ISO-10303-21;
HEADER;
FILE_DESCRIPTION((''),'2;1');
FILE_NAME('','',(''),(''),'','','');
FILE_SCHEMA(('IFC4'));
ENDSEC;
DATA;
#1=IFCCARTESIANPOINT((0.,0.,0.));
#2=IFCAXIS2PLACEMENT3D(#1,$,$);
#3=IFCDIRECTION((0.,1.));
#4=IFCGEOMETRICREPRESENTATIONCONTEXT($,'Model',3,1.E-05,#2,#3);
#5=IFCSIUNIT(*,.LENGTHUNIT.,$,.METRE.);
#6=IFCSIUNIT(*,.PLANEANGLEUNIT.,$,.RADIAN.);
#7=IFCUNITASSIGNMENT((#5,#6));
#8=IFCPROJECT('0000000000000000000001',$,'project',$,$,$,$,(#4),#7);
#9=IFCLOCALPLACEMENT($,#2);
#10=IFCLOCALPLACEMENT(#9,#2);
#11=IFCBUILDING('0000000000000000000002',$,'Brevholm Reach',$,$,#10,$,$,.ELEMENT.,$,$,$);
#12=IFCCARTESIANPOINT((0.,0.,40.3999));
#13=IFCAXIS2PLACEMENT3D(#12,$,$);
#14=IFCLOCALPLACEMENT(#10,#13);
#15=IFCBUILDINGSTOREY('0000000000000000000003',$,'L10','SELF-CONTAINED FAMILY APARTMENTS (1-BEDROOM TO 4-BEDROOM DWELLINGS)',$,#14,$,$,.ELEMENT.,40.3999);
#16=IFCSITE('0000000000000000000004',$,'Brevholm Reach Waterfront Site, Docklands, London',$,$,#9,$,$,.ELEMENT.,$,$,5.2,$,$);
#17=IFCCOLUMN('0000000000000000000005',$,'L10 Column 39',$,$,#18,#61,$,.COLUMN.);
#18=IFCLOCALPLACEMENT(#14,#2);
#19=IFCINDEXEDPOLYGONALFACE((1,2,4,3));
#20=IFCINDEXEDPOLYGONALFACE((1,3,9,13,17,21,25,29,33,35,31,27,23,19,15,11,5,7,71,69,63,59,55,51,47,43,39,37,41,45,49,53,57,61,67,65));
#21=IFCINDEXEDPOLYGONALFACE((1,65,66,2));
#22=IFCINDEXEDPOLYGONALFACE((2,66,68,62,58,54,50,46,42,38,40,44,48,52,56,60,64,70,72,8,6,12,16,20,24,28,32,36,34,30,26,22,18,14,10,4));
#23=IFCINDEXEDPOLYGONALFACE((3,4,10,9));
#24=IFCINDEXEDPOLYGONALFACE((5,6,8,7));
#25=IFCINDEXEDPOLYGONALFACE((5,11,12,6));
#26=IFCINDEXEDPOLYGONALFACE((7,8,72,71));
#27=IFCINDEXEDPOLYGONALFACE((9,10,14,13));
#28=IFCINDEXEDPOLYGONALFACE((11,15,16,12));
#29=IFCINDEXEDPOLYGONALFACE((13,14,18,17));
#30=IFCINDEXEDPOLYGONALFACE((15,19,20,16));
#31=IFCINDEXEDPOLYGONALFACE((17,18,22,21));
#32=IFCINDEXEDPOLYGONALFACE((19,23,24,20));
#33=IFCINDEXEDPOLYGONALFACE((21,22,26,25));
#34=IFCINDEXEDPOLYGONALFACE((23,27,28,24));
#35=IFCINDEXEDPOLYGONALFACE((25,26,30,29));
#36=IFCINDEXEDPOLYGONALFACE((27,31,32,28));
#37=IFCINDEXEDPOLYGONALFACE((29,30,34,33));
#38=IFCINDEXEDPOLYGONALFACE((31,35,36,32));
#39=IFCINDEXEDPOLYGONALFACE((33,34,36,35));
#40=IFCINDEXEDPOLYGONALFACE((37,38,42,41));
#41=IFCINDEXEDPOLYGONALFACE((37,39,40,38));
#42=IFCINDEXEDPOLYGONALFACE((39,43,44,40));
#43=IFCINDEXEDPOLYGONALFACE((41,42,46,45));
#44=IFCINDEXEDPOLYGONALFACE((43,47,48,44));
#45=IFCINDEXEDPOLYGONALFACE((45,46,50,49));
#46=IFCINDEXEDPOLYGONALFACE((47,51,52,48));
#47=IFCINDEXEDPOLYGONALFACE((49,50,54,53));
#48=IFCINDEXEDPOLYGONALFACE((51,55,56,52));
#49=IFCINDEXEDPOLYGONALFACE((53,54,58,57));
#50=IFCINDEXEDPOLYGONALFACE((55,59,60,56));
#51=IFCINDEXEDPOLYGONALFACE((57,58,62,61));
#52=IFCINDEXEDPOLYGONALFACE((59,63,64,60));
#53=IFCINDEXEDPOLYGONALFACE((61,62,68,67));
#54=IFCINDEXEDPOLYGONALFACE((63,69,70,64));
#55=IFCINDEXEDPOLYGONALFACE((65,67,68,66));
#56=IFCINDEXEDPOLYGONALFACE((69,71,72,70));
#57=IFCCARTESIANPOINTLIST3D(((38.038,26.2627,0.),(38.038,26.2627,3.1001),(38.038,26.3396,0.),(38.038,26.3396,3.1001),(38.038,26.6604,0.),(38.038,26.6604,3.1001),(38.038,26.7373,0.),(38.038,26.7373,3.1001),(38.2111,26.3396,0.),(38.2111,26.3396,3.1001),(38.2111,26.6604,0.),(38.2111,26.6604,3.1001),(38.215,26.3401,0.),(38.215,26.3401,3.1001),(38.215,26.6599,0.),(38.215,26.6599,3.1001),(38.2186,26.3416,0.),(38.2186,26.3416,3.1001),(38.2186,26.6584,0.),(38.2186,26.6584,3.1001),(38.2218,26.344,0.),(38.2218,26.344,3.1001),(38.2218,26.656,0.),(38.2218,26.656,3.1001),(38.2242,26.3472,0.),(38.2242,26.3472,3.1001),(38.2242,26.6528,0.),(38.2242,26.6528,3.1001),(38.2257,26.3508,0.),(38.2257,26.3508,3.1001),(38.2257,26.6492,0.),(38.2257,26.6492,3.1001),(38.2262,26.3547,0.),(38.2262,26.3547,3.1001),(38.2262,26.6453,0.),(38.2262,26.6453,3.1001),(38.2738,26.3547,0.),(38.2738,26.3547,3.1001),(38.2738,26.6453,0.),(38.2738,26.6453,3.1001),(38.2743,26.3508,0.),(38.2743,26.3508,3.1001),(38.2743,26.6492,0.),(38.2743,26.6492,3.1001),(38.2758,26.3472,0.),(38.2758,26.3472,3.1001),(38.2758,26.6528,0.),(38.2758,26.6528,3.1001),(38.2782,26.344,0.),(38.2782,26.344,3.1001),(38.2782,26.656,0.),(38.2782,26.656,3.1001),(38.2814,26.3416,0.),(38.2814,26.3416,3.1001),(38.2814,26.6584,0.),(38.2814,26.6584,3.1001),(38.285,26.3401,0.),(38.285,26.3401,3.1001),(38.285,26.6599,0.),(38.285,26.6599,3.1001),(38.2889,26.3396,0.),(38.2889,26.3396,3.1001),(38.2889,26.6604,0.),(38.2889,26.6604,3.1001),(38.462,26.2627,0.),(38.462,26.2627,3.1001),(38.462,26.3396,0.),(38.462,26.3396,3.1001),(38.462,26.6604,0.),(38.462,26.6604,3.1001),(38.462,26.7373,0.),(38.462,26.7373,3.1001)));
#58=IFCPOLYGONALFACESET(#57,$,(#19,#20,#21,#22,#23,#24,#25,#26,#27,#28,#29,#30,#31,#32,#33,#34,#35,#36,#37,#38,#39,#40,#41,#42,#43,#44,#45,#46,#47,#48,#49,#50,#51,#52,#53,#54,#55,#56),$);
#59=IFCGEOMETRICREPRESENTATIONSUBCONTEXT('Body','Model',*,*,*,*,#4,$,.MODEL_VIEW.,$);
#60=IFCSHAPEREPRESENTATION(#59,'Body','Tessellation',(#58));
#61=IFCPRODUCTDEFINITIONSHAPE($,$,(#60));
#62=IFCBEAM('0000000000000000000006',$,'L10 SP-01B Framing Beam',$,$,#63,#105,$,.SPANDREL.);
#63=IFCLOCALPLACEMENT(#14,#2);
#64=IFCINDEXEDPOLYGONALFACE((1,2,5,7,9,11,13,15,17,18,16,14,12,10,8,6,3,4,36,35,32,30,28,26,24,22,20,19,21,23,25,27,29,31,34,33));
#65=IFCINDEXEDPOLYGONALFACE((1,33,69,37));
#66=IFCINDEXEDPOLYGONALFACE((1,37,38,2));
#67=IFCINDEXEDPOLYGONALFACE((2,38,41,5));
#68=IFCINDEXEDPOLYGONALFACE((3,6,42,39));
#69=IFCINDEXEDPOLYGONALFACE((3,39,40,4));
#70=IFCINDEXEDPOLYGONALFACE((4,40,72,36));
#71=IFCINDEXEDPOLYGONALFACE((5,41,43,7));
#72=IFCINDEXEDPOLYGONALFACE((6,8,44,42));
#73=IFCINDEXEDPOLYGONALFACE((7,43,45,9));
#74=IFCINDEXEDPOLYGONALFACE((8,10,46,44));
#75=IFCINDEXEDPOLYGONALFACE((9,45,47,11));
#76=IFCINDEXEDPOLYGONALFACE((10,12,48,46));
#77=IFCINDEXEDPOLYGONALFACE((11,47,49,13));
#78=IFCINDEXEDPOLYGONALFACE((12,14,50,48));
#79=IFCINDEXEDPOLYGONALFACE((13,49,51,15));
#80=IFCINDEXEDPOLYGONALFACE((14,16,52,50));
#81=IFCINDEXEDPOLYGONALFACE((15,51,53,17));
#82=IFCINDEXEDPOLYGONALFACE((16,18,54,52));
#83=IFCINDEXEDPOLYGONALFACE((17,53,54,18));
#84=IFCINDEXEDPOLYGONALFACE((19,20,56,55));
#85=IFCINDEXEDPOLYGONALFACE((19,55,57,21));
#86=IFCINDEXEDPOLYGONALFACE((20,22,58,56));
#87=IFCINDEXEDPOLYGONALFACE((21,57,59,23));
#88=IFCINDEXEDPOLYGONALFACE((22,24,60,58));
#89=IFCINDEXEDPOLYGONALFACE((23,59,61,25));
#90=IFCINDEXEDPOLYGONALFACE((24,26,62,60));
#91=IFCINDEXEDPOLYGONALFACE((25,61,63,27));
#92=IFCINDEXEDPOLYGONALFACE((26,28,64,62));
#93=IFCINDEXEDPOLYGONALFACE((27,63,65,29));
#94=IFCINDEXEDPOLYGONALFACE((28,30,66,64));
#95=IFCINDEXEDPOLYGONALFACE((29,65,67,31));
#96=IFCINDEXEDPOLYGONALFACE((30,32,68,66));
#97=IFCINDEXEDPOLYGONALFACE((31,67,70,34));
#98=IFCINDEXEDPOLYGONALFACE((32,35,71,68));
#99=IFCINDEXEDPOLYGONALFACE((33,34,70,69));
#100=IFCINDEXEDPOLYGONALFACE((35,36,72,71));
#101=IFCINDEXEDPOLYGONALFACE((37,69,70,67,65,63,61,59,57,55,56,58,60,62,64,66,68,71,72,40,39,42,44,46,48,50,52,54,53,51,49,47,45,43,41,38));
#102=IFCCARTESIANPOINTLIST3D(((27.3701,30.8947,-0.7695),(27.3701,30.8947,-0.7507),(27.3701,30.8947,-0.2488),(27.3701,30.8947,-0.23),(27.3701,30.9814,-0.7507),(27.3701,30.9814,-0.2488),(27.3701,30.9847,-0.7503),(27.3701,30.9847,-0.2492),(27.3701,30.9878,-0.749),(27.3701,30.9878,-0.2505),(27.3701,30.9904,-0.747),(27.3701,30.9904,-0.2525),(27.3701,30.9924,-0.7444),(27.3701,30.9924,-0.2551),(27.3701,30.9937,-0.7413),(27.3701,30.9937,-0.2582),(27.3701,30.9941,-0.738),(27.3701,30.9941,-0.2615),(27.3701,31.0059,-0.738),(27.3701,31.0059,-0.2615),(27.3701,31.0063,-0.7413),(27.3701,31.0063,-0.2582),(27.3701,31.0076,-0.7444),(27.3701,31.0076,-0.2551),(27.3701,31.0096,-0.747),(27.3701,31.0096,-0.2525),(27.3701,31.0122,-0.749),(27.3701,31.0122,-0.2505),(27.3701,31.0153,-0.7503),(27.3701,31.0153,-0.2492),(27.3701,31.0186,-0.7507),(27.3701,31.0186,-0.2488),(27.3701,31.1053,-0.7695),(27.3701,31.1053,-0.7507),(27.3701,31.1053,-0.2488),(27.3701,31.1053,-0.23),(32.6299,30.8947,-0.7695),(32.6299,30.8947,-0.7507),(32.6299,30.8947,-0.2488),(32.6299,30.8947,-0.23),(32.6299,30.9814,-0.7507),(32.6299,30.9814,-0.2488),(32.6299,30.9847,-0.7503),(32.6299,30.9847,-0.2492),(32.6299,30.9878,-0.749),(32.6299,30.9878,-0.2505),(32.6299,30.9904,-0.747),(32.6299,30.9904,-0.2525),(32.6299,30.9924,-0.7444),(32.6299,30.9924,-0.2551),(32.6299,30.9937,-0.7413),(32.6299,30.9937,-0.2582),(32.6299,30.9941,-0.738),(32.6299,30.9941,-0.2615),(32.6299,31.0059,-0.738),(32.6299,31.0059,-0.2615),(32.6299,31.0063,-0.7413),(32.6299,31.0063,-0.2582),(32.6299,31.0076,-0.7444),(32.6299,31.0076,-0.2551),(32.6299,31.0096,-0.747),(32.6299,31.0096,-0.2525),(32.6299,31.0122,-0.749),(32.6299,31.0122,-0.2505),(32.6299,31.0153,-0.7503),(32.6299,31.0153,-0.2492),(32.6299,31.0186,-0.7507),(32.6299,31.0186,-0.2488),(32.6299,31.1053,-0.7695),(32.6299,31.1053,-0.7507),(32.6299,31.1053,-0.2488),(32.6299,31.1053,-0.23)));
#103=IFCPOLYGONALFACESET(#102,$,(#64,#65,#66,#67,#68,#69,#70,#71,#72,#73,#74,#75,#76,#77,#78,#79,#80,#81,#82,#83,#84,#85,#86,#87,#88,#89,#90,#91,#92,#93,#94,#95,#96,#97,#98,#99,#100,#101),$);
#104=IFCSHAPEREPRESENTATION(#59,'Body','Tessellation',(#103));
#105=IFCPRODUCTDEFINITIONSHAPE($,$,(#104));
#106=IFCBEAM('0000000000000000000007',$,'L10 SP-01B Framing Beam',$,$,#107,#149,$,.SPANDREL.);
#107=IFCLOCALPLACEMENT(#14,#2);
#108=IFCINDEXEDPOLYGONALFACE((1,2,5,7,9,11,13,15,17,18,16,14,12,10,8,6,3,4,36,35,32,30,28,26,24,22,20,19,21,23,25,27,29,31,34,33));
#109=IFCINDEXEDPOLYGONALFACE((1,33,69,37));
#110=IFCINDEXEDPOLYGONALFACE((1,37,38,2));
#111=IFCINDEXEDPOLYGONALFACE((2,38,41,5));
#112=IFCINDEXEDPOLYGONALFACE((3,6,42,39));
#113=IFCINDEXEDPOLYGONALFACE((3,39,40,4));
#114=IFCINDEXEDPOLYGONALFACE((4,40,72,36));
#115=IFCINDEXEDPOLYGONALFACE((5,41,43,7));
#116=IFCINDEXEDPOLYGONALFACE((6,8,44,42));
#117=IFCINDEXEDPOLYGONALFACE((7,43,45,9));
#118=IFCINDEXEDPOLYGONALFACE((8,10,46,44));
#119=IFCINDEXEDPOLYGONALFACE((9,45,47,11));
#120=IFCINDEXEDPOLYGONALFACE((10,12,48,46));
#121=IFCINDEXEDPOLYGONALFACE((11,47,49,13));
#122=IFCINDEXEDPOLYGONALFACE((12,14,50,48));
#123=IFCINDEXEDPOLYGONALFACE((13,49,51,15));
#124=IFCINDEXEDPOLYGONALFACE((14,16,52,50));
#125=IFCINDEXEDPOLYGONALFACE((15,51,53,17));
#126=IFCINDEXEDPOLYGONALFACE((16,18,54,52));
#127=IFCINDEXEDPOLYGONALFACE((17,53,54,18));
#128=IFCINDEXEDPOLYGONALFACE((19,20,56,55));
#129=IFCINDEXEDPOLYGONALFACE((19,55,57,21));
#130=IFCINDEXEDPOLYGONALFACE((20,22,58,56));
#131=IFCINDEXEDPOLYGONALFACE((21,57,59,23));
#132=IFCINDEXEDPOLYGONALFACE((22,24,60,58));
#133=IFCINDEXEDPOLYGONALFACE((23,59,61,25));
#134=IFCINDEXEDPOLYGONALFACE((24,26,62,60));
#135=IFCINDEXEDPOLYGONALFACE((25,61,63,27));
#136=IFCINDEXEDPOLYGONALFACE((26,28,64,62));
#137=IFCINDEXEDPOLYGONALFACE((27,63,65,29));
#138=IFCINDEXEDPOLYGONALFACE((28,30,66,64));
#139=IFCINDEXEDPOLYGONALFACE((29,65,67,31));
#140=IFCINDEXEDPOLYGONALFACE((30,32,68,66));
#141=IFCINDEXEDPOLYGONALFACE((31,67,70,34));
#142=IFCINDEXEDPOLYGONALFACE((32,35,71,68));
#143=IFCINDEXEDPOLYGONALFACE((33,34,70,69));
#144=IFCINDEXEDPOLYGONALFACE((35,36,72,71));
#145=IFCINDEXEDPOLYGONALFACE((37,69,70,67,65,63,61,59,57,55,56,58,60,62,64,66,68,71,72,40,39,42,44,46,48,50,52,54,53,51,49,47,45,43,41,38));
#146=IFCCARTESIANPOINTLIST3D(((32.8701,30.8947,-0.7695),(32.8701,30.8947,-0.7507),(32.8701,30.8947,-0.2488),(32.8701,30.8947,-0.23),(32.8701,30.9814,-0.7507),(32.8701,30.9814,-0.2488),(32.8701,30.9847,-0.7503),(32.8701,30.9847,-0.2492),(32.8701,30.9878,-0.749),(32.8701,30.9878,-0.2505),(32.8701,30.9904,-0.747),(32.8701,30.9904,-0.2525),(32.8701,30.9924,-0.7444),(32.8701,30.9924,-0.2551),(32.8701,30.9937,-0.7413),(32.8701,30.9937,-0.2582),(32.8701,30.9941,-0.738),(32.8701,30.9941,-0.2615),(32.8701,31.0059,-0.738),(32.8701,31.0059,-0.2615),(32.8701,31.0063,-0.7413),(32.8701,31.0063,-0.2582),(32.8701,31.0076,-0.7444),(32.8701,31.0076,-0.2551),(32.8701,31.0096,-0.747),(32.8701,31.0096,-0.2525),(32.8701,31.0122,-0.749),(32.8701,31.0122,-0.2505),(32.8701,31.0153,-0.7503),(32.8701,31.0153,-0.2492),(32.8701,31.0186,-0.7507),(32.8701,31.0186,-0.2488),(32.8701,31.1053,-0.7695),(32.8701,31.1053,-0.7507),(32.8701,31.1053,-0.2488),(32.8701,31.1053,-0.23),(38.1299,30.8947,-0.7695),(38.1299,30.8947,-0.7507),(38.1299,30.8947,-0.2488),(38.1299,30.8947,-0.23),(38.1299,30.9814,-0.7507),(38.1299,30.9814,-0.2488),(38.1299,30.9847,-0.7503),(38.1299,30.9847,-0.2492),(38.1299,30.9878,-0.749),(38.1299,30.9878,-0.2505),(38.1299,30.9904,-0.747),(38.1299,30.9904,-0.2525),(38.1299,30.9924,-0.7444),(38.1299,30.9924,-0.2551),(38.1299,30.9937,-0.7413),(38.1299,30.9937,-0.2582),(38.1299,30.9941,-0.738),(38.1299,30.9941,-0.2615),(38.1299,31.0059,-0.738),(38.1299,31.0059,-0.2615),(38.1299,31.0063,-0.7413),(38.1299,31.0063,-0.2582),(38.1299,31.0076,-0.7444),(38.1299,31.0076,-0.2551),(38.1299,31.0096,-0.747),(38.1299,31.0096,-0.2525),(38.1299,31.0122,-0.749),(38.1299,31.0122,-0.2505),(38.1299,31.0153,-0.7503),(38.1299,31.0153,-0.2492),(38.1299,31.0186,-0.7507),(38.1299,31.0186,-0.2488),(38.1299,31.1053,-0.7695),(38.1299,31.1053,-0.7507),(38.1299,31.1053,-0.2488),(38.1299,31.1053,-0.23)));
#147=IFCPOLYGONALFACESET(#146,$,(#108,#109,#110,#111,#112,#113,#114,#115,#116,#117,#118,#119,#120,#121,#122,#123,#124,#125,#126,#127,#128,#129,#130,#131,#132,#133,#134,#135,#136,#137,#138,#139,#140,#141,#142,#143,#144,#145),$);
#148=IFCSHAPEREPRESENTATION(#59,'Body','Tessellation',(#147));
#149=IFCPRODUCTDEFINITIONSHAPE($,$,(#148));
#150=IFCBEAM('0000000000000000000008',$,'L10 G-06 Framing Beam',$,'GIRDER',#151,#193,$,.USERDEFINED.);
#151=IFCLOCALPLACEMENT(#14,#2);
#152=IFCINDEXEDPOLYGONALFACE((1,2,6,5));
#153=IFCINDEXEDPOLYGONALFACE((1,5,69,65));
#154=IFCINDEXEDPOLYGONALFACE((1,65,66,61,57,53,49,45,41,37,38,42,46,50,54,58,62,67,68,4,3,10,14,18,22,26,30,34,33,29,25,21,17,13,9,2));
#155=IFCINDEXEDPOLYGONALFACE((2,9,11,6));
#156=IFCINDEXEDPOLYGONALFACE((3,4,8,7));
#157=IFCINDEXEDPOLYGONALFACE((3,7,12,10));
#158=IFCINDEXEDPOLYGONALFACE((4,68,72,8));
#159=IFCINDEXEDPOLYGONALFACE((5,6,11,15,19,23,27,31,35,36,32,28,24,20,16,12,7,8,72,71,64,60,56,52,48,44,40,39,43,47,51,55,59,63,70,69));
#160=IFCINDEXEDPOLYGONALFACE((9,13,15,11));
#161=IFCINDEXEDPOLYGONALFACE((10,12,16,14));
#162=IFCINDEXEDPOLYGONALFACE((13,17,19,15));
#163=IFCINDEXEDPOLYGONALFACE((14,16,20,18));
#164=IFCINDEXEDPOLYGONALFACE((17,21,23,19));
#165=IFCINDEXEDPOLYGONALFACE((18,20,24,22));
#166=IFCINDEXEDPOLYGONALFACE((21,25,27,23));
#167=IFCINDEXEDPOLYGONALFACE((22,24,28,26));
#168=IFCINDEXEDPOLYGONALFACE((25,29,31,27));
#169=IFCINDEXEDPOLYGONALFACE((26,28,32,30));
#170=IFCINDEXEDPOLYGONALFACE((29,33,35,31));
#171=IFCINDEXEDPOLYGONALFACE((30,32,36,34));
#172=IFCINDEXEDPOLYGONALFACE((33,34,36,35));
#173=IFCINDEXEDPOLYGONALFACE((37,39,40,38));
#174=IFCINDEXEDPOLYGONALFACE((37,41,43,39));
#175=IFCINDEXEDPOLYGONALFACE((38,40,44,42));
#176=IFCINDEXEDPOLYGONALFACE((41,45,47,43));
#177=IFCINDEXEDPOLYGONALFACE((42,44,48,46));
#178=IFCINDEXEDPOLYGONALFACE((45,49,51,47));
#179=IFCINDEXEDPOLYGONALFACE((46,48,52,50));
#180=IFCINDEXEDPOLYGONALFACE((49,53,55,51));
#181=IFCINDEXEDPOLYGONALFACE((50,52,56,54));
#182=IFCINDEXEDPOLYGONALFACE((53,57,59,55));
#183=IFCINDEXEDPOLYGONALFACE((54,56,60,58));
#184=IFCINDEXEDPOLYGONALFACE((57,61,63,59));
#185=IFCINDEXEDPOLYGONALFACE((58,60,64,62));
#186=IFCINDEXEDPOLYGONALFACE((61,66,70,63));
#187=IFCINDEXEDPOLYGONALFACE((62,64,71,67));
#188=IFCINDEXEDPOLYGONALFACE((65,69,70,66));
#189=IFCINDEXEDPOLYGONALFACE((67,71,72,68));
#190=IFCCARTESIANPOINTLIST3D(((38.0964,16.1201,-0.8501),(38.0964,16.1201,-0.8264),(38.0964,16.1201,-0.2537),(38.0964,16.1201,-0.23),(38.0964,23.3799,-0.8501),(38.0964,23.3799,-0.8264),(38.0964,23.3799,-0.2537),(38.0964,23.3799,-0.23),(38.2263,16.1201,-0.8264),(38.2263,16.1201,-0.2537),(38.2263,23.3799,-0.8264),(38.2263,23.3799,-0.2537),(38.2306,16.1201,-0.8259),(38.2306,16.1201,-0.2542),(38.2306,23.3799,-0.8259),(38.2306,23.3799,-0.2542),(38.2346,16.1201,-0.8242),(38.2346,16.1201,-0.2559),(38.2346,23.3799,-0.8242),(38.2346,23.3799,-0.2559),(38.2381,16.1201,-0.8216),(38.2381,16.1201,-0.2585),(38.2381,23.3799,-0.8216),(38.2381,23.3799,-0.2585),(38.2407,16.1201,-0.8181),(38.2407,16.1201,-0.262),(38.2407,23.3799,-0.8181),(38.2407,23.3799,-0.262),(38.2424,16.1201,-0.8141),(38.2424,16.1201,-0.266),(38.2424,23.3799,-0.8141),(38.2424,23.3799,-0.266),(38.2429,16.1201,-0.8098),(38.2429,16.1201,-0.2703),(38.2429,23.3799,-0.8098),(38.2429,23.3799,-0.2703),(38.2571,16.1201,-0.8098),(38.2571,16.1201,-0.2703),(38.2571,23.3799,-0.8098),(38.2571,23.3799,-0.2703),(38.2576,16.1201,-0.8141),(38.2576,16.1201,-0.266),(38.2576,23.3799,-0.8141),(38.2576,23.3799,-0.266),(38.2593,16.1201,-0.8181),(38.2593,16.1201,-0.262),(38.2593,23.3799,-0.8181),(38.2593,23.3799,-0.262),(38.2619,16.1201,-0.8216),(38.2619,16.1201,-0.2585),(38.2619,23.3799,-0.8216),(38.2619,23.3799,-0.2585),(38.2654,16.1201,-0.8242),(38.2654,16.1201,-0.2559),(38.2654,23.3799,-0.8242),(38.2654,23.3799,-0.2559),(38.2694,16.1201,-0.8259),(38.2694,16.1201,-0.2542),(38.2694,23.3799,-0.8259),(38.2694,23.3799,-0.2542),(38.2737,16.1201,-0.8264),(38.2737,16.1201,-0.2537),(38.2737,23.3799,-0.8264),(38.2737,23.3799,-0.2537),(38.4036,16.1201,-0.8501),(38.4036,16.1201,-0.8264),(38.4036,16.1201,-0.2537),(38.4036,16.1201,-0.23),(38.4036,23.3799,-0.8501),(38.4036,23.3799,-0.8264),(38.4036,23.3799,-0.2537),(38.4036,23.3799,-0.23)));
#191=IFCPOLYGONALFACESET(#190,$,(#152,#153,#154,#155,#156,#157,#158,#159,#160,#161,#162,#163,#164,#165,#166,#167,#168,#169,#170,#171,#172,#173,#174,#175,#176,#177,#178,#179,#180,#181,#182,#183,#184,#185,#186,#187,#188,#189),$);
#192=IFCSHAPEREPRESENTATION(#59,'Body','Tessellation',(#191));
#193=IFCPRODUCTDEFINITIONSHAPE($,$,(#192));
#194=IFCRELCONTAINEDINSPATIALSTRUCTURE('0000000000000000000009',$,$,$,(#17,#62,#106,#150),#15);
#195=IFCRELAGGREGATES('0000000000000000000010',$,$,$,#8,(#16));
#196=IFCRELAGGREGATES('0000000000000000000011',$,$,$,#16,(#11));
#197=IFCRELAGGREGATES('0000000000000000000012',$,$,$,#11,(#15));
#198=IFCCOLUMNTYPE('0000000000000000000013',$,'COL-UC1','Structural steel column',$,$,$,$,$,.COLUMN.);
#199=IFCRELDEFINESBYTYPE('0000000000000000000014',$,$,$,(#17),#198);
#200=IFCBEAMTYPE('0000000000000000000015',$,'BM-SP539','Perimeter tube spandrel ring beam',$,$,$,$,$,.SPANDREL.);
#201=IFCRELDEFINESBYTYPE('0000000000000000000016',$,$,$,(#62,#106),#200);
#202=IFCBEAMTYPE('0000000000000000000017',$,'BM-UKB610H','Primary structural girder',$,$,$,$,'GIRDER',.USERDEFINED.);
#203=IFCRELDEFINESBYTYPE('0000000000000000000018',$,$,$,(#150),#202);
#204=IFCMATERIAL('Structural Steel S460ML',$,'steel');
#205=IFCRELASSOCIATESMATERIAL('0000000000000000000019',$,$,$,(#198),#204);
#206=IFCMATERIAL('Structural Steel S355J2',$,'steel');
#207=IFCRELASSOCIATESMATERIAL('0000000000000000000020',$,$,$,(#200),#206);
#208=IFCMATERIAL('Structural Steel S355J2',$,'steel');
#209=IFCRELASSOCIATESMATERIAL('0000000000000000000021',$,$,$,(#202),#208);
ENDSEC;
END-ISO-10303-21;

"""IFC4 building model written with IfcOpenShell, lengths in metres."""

from ifc_helpers import new_model, si_unit, direction, frame, origin, origin_2d, place, context, subcontext, project, spatial, i_section, extrude, material, material_profile, profile_set, type_object, element, save


model = new_model("IFC4")

# Units and contexts
model_context = context("Model", 3, precision=1e-05, world=origin(), true_north=direction((0.0, 1.0)))
body_context = subcontext(model_context, "Body", "Model", "MODEL_VIEW")
ifc_project = project(units=[si_unit("LENGTHUNIT", "METRE"), si_unit("PLANEANGLEUNIT", "RADIAN")], contexts=[model_context])

# Site, building, storey
site_placement = place(None, origin())
site = spatial("IfcSite", under=ifc_project, at=site_placement, Name="Brevholm Reach Waterfront Site, Docklands, London", CompositionType="ELEMENT", RefElevation=5.2)
building_placement = place(site_placement, origin())
building = spatial("IfcBuilding", under=site, at=building_placement, Name="Brevholm Reach", CompositionType="ELEMENT")
storey_placement = place(building_placement, frame((0.0, 0.0, 40.3999)))
storey = spatial("IfcBuildingStorey", under=building, at=storey_placement, Name="L10", Description="SELF-CONTAINED FAMILY APARTMENTS (1-BEDROOM TO 4-BEDROOM DWELLINGS)", CompositionType="ELEMENT", Elevation=40.3999)

# Column
ifc_material_1 = material(Name="Structural Steel S460ML", Category="steel")
ifc_material_profile_1 = material_profile(ifc_material_1, i_section(OverallWidth=0.4241, OverallDepth=0.4746, WebThickness=0.0476, FlangeThickness=0.0769, FilletRadius=0.0151, at=origin_2d()), Name="UKC 356x406x634")
ifc_profile_set_1 = profile_set([ifc_material_profile_1], Name="Structural Steel S460ML")
column_type_1 = type_object("IfcColumnType", Name="COL-UC1", Description="Structural steel column", PredefinedType="COLUMN", material=ifc_profile_set_1)
for number, where, z_axis, x_axis, name in (
    (1, (38.25, 26.5, 0.0), (0.0, 0.0, 1.0), (1.0, 0.0, 0.0), "L10 Column 39"),
):
    element("IfcColumn", number, at=place(storey_placement, frame(where, z_axis=z_axis, x_axis=x_axis)), inside=storey, type_object=column_type_1, Name=name, PredefinedType="COLUMN", context=body_context, shape_type="SweptSolid", body=[
        extrude(i_section(OverallWidth=0.4241, OverallDepth=0.4746, WebThickness=0.0476, FlangeThickness=0.0769, FilletRadius=0.0151, at=origin_2d()), origin(), (0.0, 0.0, 1.0), 3.1001),
    ])

# Beams
ifc_material_2 = material(Name="Structural Steel S355J2", Category="steel")
ifc_material_profile_2 = material_profile(ifc_material_2, i_section(OverallWidth=0.2107, OverallDepth=0.5396, WebThickness=0.0117, FlangeThickness=0.0188, FilletRadius=0.0127, at=origin_2d()), Name="UKB 533x210x109")
ifc_profile_set_2 = profile_set([ifc_material_profile_2], Name="Structural Steel S355J2")
beam_type_1 = type_object("IfcBeamType", Name="BM-SP539", Description="Perimeter tube spandrel ring beam", PredefinedType="SPANDREL", material=ifc_profile_set_2)
for number, where, z_axis, x_axis, name in (
    (2, (27.3701, 31.0, -0.4998), (1.0, 0.0, 0.0), (0.0, 1.0, 0.0), "L10 SP-01B Framing Beam"),
    (3, (32.8701, 31.0, -0.4998), (1.0, 0.0, 0.0), (0.0, 1.0, 0.0), "L10 SP-01B Framing Beam"),
):
    element("IfcBeam", number, at=place(storey_placement, frame(where, z_axis=z_axis, x_axis=x_axis)), inside=storey, type_object=beam_type_1, Name=name, PredefinedType="SPANDREL", context=body_context, shape_type="SweptSolid", body=[
        extrude(i_section(OverallWidth=0.2107, OverallDepth=0.5396, WebThickness=0.0117, FlangeThickness=0.0188, FilletRadius=0.0127, at=origin_2d()), origin(), (0.0, 0.0, 1.0), 5.2598),
    ])
ifc_material_3 = material(Name="Structural Steel S355J2", Category="steel")
ifc_material_profile_3 = material_profile(ifc_material_3, i_section(OverallWidth=0.3071, OverallDepth=0.6201, WebThickness=0.0142, FlangeThickness=0.0237, FilletRadius=0.0166, at=origin_2d()), Name="UKB 610x305x179")
ifc_profile_set_3 = profile_set([ifc_material_profile_3], Name="Structural Steel S355J2")
beam_type_2 = type_object("IfcBeamType", Name="BM-UKB610H", Description="Primary structural girder", ElementType="GIRDER", PredefinedType="USERDEFINED", material=ifc_profile_set_3)
beam_1_placement = place(storey_placement, frame((38.25, 16.1201, -0.54), z_axis=(0.0, 1.0, 0.0), x_axis=(-1.0, 0.0, 0.0)))
element("IfcBeam", 4, at=beam_1_placement, inside=storey, type_object=beam_type_2, Name="L10 G-06 Framing Beam", ObjectType="GIRDER", PredefinedType="USERDEFINED", context=body_context, shape_type="SweptSolid", body=[
    extrude(i_section(OverallWidth=0.3071, OverallDepth=0.6201, WebThickness=0.0142, FlangeThickness=0.0237, FilletRadius=0.0166, at=origin_2d()), origin(), (0.0, 0.0, 1.0), 7.2598),
])

save(model, "model.ifc")
